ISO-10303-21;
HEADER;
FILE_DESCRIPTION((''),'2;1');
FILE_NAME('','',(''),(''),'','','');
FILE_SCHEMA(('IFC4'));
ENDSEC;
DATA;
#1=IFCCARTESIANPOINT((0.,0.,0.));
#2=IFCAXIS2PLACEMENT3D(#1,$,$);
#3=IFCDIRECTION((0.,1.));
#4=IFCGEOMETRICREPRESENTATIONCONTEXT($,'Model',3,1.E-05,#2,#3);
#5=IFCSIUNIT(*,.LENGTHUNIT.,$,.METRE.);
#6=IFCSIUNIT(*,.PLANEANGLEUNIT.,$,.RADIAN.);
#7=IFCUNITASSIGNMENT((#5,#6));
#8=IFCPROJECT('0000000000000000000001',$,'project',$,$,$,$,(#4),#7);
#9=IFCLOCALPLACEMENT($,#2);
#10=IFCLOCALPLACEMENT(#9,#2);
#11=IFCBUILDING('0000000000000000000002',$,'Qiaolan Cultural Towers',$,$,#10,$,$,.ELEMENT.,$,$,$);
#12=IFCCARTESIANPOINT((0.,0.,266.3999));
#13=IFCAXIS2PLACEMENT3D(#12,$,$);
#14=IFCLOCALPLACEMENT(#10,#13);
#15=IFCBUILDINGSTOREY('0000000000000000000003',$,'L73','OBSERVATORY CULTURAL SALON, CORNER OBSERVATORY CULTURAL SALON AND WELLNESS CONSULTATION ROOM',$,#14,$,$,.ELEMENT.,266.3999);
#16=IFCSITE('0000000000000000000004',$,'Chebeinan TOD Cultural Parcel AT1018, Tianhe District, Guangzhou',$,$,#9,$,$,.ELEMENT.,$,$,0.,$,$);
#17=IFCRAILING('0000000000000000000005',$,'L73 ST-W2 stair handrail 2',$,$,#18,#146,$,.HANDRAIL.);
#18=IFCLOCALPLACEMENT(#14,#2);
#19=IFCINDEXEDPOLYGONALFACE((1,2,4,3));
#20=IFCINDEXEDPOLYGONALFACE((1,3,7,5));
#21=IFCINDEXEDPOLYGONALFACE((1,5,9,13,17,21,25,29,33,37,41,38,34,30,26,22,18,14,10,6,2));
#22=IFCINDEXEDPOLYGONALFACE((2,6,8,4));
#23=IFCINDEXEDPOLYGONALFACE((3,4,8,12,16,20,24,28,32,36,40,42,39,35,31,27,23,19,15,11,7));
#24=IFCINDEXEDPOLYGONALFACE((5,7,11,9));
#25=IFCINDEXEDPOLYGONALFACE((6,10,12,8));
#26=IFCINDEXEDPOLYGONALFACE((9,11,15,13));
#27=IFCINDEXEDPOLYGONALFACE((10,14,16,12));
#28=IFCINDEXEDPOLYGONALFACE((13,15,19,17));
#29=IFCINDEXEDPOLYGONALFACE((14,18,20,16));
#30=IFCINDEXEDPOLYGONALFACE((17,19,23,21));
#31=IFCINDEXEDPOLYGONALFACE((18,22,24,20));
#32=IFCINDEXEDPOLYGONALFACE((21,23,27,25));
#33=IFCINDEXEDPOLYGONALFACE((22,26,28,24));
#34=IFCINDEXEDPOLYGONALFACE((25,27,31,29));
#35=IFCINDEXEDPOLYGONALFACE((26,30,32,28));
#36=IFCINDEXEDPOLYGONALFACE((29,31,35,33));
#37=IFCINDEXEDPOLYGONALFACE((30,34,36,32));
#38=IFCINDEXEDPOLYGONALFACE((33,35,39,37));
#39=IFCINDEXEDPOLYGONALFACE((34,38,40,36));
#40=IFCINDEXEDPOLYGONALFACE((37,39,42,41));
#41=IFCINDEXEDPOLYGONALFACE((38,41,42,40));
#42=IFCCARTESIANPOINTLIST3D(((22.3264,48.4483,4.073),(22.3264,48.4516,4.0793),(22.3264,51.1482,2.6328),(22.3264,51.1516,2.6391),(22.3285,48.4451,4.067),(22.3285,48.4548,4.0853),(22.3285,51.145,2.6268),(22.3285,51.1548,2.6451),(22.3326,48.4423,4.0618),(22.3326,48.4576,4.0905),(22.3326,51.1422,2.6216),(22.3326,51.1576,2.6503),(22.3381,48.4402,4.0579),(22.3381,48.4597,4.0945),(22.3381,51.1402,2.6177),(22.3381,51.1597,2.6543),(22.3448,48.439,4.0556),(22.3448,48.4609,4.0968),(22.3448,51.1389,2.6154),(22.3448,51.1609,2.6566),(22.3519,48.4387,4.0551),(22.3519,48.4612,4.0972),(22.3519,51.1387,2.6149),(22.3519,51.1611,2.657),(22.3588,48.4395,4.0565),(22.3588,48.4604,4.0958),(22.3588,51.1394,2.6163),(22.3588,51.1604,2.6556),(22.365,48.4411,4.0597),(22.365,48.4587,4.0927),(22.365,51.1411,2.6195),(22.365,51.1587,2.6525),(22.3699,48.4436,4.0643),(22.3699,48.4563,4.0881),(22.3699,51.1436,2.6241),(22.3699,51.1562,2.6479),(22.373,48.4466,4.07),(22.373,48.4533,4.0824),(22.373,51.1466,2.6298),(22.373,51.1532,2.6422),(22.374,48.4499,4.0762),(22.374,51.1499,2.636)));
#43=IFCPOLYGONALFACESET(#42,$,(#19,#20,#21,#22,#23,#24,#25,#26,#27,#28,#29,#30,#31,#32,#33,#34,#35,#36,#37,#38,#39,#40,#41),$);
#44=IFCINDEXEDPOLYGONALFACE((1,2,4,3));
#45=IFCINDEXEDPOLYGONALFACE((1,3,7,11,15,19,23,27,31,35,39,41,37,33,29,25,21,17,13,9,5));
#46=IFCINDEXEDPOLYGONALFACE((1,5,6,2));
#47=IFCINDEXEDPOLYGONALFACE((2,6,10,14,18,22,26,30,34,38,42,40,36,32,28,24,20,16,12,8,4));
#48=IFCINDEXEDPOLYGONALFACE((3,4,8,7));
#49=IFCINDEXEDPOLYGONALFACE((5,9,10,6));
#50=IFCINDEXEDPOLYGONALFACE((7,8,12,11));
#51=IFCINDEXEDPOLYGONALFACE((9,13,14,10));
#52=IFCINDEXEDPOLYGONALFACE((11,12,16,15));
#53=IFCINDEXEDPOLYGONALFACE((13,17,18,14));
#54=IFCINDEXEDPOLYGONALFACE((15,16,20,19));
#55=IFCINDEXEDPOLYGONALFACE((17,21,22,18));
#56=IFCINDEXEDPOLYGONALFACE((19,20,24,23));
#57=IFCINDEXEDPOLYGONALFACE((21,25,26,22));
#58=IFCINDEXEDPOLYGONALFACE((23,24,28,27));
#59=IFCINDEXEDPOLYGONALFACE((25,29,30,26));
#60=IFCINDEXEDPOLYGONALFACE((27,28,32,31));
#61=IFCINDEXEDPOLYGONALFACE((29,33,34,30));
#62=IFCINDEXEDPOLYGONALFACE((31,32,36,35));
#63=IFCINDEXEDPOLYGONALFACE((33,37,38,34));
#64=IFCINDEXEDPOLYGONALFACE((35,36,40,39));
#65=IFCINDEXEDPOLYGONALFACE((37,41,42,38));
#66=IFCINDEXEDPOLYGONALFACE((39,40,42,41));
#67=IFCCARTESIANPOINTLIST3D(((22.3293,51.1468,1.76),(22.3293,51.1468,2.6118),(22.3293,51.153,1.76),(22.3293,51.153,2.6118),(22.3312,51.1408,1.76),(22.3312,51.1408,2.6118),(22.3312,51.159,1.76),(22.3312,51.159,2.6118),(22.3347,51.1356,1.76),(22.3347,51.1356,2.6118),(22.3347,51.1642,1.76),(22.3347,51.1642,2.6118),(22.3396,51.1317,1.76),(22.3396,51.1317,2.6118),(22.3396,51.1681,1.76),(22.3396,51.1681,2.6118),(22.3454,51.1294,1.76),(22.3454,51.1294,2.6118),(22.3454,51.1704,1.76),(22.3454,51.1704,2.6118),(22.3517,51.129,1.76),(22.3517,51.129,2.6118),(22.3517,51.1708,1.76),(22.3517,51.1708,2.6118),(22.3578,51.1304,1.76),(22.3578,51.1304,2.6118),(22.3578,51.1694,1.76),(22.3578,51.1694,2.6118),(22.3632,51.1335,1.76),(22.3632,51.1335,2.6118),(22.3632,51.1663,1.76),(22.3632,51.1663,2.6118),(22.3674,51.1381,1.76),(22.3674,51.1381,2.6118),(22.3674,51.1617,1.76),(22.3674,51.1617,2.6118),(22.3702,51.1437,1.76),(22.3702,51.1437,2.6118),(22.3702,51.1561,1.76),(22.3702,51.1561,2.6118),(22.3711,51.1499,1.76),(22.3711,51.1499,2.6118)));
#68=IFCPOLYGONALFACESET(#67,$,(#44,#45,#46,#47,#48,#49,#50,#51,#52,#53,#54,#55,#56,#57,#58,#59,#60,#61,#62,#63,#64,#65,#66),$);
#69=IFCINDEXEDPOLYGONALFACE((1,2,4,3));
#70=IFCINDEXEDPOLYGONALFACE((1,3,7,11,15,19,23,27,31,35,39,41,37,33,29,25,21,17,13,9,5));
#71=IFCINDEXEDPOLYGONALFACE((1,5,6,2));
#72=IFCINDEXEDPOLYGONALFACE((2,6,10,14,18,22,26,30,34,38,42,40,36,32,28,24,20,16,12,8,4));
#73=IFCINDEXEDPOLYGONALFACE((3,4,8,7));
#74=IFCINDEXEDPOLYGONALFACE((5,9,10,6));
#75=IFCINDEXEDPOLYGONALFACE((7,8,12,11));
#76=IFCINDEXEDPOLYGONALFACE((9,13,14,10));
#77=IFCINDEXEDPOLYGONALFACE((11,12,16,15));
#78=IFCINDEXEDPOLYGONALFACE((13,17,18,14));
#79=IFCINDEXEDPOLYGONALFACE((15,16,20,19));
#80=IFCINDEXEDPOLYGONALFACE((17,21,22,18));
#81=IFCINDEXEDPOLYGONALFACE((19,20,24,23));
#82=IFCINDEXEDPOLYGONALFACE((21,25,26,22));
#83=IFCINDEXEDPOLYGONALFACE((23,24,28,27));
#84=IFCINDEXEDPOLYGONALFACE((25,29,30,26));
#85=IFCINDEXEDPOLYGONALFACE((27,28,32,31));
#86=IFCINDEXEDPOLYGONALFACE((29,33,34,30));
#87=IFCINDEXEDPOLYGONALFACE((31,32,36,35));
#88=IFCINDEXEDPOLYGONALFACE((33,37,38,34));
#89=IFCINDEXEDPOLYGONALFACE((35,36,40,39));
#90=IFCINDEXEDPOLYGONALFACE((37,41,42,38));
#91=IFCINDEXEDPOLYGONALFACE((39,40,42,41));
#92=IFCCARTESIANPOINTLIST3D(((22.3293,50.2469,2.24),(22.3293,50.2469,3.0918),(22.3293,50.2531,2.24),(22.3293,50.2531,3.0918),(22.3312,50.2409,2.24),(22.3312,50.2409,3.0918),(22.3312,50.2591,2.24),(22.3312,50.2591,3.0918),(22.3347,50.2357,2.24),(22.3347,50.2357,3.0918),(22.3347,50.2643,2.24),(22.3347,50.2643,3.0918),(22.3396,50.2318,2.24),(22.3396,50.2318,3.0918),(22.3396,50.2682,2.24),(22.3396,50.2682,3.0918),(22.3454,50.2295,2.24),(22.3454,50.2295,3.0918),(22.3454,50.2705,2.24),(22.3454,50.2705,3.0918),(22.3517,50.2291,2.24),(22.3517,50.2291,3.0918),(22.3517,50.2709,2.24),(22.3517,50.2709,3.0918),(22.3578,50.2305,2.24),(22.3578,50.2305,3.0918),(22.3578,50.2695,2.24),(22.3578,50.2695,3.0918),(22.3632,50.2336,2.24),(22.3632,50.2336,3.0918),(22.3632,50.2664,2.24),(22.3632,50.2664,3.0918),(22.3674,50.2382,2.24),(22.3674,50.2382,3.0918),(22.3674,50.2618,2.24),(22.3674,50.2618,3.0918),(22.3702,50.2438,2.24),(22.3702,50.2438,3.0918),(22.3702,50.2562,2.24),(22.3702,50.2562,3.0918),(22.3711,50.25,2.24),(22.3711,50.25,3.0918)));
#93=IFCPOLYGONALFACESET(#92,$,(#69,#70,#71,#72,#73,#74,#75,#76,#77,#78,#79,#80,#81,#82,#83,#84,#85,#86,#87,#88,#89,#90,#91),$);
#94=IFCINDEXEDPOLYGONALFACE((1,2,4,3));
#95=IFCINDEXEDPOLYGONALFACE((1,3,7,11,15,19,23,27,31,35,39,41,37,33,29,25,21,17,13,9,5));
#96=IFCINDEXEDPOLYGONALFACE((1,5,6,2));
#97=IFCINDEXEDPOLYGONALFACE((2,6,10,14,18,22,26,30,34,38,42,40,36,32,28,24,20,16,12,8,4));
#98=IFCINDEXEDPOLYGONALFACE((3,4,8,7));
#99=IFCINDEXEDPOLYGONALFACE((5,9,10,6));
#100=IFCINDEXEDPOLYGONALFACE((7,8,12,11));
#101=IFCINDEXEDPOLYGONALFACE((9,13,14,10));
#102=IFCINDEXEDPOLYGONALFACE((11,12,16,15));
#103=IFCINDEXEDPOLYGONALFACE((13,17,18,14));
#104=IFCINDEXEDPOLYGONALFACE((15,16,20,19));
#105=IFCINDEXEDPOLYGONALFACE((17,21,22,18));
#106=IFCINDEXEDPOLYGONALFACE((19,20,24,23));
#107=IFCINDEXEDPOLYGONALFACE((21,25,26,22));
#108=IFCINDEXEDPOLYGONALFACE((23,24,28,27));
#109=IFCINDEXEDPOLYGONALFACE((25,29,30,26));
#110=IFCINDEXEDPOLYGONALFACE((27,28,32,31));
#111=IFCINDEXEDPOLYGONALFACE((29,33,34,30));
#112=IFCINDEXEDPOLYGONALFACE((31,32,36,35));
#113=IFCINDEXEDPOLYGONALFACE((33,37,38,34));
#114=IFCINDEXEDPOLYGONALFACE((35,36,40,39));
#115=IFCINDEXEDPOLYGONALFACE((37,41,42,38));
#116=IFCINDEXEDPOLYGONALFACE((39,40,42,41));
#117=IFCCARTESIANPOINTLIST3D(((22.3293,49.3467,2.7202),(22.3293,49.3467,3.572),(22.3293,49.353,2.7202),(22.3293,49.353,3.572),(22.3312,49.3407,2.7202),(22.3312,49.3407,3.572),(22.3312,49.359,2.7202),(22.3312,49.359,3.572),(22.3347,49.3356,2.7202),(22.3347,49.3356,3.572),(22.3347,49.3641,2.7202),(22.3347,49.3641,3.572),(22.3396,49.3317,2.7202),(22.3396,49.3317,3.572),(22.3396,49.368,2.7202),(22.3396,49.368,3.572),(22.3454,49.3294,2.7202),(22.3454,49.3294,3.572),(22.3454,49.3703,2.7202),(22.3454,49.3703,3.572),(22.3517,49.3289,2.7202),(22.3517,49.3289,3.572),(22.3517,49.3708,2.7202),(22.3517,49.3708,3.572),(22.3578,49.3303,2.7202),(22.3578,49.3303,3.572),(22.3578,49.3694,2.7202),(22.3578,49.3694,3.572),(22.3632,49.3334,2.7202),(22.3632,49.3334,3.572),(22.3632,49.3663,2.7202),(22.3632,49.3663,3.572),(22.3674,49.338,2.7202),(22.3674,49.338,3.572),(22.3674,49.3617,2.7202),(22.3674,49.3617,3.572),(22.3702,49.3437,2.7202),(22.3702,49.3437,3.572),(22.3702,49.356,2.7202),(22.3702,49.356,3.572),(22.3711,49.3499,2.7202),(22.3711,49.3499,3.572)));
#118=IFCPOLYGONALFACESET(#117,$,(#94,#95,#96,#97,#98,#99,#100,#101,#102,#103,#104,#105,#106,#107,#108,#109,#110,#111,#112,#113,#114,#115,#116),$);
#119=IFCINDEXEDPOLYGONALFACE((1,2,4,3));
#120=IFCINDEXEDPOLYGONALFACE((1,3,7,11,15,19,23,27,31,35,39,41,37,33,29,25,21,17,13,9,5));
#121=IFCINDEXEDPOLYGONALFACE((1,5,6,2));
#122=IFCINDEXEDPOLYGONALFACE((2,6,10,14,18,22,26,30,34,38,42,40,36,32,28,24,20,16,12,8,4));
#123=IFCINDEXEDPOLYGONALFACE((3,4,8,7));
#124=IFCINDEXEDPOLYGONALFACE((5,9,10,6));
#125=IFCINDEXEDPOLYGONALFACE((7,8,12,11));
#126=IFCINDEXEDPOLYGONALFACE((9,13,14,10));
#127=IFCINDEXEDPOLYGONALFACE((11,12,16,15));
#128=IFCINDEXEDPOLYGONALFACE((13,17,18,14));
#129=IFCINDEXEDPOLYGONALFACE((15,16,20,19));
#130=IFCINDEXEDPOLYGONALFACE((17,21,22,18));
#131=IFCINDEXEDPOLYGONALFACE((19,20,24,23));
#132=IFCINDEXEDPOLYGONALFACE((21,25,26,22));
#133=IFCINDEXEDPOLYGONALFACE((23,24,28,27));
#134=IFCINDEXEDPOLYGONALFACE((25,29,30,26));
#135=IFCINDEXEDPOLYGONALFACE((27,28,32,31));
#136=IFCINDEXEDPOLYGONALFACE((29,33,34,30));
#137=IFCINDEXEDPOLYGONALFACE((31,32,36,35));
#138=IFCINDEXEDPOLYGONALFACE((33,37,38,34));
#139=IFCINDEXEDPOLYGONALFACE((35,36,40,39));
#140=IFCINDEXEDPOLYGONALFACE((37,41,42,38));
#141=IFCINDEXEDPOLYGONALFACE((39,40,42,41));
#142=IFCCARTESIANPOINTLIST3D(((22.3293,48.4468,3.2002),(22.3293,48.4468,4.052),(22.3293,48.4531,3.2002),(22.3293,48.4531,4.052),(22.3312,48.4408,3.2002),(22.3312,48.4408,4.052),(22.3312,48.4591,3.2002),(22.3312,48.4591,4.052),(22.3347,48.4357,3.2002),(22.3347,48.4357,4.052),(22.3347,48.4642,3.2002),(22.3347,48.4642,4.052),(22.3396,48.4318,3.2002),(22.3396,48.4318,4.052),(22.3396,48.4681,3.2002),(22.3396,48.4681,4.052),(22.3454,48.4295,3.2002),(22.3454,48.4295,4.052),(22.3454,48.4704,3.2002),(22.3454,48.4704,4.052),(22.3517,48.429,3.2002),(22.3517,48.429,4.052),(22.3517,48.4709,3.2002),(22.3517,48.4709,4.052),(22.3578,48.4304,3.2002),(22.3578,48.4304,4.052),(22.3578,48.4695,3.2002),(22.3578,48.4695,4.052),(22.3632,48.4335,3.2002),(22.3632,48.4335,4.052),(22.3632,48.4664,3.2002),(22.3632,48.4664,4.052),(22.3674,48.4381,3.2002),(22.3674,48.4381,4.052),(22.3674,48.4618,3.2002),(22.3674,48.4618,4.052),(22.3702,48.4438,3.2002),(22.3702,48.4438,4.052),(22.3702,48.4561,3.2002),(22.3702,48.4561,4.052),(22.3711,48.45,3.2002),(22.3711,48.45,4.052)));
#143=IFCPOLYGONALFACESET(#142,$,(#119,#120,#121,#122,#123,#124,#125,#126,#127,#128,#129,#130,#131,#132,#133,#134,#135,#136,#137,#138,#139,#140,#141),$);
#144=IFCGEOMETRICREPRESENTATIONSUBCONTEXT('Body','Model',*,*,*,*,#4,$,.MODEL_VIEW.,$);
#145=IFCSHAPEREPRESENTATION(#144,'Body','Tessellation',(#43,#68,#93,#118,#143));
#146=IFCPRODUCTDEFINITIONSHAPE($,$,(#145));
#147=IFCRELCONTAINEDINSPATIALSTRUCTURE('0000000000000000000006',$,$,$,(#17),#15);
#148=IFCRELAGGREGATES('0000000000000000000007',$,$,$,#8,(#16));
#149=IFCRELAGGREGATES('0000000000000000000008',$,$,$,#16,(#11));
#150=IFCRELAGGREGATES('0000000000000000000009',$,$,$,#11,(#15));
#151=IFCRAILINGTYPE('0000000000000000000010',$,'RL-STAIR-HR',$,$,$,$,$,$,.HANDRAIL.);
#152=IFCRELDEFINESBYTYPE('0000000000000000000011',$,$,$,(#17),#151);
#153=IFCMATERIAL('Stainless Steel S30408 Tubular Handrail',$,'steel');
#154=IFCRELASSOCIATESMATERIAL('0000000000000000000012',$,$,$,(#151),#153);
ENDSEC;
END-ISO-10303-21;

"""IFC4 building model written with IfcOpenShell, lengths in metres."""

from ifc_helpers import new_model, si_unit, direction, frame, origin, origin_2d, place, context, subcontext, project, spatial, circle, extrude, material, type_object, element, save


model = new_model("IFC4")

# Units and contexts
model_context = context("Model", 3, precision=1e-05, world=origin(), true_north=direction((0.0, 1.0)))
body_context = subcontext(model_context, "Body", "Model", "MODEL_VIEW")
ifc_project = project(units=[si_unit("LENGTHUNIT", "METRE"), si_unit("PLANEANGLEUNIT", "RADIAN")], contexts=[model_context])

# Site, building, storey
site_placement = place(None, origin())
site = spatial("IfcSite", under=ifc_project, at=site_placement, Name="Chebeinan TOD Cultural Parcel AT1018, Tianhe District, Guangzhou", CompositionType="ELEMENT", RefElevation=0.0)
building_placement = place(site_placement, origin())
building = spatial("IfcBuilding", under=site, at=building_placement, Name="Qiaolan Cultural Towers", CompositionType="ELEMENT")
storey_placement = place(building_placement, frame((0.0, 0.0, 266.3999)))
storey = spatial("IfcBuildingStorey", under=building, at=storey_placement, Name="L73", Description="OBSERVATORY CULTURAL SALON, CORNER OBSERVATORY CULTURAL SALON AND WELLNESS CONSULTATION ROOM", CompositionType="ELEMENT", Elevation=266.3999)

# Railing
ifc_material_1 = material(Name="Stainless Steel S30408 Tubular Handrail", Category="steel")
railing_type_1 = type_object("IfcRailingType", Name="RL-STAIR-HR", PredefinedType="HANDRAIL", material=ifc_material_1)
railing_1_placement = place(storey_placement, frame((22.3501, 51.1499, 1.76)))
element("IfcRailing", 1, at=railing_1_placement, inside=storey, type_object=railing_type_1, Name="L73 ST-W2 stair handrail 2", PredefinedType="HANDRAIL", context=body_context, shape_type="SweptSolid", body=[
    extrude(circle(Radius=0.0239, at=origin_2d()), frame((0.0, 0.0, 0.876), z_axis=(0.0, -0.882324, 0.470642), x_axis=(1.0, 0.0, 0.0)), (0.0, 0.0, 1.0), 3.0601),
    extrude(circle(Radius=0.021, at=origin_2d()), origin(), (0.0, 0.0, 1.0), 0.8518),
    extrude(circle(Radius=0.021, at=origin_2d()), frame((0.0, -0.8999, 0.48)), (0.0, 0.0, 1.0), 0.8518),
    extrude(circle(Radius=0.021, at=origin_2d()), frame((0.0, -1.8, 0.9602)), (0.0, 0.0, 1.0), 0.8518),
    extrude(circle(Radius=0.021, at=origin_2d()), frame((0.0, -2.7, 1.4402)), (0.0, 0.0, 1.0), 0.8518),
])

save(model, "model.ifc")
